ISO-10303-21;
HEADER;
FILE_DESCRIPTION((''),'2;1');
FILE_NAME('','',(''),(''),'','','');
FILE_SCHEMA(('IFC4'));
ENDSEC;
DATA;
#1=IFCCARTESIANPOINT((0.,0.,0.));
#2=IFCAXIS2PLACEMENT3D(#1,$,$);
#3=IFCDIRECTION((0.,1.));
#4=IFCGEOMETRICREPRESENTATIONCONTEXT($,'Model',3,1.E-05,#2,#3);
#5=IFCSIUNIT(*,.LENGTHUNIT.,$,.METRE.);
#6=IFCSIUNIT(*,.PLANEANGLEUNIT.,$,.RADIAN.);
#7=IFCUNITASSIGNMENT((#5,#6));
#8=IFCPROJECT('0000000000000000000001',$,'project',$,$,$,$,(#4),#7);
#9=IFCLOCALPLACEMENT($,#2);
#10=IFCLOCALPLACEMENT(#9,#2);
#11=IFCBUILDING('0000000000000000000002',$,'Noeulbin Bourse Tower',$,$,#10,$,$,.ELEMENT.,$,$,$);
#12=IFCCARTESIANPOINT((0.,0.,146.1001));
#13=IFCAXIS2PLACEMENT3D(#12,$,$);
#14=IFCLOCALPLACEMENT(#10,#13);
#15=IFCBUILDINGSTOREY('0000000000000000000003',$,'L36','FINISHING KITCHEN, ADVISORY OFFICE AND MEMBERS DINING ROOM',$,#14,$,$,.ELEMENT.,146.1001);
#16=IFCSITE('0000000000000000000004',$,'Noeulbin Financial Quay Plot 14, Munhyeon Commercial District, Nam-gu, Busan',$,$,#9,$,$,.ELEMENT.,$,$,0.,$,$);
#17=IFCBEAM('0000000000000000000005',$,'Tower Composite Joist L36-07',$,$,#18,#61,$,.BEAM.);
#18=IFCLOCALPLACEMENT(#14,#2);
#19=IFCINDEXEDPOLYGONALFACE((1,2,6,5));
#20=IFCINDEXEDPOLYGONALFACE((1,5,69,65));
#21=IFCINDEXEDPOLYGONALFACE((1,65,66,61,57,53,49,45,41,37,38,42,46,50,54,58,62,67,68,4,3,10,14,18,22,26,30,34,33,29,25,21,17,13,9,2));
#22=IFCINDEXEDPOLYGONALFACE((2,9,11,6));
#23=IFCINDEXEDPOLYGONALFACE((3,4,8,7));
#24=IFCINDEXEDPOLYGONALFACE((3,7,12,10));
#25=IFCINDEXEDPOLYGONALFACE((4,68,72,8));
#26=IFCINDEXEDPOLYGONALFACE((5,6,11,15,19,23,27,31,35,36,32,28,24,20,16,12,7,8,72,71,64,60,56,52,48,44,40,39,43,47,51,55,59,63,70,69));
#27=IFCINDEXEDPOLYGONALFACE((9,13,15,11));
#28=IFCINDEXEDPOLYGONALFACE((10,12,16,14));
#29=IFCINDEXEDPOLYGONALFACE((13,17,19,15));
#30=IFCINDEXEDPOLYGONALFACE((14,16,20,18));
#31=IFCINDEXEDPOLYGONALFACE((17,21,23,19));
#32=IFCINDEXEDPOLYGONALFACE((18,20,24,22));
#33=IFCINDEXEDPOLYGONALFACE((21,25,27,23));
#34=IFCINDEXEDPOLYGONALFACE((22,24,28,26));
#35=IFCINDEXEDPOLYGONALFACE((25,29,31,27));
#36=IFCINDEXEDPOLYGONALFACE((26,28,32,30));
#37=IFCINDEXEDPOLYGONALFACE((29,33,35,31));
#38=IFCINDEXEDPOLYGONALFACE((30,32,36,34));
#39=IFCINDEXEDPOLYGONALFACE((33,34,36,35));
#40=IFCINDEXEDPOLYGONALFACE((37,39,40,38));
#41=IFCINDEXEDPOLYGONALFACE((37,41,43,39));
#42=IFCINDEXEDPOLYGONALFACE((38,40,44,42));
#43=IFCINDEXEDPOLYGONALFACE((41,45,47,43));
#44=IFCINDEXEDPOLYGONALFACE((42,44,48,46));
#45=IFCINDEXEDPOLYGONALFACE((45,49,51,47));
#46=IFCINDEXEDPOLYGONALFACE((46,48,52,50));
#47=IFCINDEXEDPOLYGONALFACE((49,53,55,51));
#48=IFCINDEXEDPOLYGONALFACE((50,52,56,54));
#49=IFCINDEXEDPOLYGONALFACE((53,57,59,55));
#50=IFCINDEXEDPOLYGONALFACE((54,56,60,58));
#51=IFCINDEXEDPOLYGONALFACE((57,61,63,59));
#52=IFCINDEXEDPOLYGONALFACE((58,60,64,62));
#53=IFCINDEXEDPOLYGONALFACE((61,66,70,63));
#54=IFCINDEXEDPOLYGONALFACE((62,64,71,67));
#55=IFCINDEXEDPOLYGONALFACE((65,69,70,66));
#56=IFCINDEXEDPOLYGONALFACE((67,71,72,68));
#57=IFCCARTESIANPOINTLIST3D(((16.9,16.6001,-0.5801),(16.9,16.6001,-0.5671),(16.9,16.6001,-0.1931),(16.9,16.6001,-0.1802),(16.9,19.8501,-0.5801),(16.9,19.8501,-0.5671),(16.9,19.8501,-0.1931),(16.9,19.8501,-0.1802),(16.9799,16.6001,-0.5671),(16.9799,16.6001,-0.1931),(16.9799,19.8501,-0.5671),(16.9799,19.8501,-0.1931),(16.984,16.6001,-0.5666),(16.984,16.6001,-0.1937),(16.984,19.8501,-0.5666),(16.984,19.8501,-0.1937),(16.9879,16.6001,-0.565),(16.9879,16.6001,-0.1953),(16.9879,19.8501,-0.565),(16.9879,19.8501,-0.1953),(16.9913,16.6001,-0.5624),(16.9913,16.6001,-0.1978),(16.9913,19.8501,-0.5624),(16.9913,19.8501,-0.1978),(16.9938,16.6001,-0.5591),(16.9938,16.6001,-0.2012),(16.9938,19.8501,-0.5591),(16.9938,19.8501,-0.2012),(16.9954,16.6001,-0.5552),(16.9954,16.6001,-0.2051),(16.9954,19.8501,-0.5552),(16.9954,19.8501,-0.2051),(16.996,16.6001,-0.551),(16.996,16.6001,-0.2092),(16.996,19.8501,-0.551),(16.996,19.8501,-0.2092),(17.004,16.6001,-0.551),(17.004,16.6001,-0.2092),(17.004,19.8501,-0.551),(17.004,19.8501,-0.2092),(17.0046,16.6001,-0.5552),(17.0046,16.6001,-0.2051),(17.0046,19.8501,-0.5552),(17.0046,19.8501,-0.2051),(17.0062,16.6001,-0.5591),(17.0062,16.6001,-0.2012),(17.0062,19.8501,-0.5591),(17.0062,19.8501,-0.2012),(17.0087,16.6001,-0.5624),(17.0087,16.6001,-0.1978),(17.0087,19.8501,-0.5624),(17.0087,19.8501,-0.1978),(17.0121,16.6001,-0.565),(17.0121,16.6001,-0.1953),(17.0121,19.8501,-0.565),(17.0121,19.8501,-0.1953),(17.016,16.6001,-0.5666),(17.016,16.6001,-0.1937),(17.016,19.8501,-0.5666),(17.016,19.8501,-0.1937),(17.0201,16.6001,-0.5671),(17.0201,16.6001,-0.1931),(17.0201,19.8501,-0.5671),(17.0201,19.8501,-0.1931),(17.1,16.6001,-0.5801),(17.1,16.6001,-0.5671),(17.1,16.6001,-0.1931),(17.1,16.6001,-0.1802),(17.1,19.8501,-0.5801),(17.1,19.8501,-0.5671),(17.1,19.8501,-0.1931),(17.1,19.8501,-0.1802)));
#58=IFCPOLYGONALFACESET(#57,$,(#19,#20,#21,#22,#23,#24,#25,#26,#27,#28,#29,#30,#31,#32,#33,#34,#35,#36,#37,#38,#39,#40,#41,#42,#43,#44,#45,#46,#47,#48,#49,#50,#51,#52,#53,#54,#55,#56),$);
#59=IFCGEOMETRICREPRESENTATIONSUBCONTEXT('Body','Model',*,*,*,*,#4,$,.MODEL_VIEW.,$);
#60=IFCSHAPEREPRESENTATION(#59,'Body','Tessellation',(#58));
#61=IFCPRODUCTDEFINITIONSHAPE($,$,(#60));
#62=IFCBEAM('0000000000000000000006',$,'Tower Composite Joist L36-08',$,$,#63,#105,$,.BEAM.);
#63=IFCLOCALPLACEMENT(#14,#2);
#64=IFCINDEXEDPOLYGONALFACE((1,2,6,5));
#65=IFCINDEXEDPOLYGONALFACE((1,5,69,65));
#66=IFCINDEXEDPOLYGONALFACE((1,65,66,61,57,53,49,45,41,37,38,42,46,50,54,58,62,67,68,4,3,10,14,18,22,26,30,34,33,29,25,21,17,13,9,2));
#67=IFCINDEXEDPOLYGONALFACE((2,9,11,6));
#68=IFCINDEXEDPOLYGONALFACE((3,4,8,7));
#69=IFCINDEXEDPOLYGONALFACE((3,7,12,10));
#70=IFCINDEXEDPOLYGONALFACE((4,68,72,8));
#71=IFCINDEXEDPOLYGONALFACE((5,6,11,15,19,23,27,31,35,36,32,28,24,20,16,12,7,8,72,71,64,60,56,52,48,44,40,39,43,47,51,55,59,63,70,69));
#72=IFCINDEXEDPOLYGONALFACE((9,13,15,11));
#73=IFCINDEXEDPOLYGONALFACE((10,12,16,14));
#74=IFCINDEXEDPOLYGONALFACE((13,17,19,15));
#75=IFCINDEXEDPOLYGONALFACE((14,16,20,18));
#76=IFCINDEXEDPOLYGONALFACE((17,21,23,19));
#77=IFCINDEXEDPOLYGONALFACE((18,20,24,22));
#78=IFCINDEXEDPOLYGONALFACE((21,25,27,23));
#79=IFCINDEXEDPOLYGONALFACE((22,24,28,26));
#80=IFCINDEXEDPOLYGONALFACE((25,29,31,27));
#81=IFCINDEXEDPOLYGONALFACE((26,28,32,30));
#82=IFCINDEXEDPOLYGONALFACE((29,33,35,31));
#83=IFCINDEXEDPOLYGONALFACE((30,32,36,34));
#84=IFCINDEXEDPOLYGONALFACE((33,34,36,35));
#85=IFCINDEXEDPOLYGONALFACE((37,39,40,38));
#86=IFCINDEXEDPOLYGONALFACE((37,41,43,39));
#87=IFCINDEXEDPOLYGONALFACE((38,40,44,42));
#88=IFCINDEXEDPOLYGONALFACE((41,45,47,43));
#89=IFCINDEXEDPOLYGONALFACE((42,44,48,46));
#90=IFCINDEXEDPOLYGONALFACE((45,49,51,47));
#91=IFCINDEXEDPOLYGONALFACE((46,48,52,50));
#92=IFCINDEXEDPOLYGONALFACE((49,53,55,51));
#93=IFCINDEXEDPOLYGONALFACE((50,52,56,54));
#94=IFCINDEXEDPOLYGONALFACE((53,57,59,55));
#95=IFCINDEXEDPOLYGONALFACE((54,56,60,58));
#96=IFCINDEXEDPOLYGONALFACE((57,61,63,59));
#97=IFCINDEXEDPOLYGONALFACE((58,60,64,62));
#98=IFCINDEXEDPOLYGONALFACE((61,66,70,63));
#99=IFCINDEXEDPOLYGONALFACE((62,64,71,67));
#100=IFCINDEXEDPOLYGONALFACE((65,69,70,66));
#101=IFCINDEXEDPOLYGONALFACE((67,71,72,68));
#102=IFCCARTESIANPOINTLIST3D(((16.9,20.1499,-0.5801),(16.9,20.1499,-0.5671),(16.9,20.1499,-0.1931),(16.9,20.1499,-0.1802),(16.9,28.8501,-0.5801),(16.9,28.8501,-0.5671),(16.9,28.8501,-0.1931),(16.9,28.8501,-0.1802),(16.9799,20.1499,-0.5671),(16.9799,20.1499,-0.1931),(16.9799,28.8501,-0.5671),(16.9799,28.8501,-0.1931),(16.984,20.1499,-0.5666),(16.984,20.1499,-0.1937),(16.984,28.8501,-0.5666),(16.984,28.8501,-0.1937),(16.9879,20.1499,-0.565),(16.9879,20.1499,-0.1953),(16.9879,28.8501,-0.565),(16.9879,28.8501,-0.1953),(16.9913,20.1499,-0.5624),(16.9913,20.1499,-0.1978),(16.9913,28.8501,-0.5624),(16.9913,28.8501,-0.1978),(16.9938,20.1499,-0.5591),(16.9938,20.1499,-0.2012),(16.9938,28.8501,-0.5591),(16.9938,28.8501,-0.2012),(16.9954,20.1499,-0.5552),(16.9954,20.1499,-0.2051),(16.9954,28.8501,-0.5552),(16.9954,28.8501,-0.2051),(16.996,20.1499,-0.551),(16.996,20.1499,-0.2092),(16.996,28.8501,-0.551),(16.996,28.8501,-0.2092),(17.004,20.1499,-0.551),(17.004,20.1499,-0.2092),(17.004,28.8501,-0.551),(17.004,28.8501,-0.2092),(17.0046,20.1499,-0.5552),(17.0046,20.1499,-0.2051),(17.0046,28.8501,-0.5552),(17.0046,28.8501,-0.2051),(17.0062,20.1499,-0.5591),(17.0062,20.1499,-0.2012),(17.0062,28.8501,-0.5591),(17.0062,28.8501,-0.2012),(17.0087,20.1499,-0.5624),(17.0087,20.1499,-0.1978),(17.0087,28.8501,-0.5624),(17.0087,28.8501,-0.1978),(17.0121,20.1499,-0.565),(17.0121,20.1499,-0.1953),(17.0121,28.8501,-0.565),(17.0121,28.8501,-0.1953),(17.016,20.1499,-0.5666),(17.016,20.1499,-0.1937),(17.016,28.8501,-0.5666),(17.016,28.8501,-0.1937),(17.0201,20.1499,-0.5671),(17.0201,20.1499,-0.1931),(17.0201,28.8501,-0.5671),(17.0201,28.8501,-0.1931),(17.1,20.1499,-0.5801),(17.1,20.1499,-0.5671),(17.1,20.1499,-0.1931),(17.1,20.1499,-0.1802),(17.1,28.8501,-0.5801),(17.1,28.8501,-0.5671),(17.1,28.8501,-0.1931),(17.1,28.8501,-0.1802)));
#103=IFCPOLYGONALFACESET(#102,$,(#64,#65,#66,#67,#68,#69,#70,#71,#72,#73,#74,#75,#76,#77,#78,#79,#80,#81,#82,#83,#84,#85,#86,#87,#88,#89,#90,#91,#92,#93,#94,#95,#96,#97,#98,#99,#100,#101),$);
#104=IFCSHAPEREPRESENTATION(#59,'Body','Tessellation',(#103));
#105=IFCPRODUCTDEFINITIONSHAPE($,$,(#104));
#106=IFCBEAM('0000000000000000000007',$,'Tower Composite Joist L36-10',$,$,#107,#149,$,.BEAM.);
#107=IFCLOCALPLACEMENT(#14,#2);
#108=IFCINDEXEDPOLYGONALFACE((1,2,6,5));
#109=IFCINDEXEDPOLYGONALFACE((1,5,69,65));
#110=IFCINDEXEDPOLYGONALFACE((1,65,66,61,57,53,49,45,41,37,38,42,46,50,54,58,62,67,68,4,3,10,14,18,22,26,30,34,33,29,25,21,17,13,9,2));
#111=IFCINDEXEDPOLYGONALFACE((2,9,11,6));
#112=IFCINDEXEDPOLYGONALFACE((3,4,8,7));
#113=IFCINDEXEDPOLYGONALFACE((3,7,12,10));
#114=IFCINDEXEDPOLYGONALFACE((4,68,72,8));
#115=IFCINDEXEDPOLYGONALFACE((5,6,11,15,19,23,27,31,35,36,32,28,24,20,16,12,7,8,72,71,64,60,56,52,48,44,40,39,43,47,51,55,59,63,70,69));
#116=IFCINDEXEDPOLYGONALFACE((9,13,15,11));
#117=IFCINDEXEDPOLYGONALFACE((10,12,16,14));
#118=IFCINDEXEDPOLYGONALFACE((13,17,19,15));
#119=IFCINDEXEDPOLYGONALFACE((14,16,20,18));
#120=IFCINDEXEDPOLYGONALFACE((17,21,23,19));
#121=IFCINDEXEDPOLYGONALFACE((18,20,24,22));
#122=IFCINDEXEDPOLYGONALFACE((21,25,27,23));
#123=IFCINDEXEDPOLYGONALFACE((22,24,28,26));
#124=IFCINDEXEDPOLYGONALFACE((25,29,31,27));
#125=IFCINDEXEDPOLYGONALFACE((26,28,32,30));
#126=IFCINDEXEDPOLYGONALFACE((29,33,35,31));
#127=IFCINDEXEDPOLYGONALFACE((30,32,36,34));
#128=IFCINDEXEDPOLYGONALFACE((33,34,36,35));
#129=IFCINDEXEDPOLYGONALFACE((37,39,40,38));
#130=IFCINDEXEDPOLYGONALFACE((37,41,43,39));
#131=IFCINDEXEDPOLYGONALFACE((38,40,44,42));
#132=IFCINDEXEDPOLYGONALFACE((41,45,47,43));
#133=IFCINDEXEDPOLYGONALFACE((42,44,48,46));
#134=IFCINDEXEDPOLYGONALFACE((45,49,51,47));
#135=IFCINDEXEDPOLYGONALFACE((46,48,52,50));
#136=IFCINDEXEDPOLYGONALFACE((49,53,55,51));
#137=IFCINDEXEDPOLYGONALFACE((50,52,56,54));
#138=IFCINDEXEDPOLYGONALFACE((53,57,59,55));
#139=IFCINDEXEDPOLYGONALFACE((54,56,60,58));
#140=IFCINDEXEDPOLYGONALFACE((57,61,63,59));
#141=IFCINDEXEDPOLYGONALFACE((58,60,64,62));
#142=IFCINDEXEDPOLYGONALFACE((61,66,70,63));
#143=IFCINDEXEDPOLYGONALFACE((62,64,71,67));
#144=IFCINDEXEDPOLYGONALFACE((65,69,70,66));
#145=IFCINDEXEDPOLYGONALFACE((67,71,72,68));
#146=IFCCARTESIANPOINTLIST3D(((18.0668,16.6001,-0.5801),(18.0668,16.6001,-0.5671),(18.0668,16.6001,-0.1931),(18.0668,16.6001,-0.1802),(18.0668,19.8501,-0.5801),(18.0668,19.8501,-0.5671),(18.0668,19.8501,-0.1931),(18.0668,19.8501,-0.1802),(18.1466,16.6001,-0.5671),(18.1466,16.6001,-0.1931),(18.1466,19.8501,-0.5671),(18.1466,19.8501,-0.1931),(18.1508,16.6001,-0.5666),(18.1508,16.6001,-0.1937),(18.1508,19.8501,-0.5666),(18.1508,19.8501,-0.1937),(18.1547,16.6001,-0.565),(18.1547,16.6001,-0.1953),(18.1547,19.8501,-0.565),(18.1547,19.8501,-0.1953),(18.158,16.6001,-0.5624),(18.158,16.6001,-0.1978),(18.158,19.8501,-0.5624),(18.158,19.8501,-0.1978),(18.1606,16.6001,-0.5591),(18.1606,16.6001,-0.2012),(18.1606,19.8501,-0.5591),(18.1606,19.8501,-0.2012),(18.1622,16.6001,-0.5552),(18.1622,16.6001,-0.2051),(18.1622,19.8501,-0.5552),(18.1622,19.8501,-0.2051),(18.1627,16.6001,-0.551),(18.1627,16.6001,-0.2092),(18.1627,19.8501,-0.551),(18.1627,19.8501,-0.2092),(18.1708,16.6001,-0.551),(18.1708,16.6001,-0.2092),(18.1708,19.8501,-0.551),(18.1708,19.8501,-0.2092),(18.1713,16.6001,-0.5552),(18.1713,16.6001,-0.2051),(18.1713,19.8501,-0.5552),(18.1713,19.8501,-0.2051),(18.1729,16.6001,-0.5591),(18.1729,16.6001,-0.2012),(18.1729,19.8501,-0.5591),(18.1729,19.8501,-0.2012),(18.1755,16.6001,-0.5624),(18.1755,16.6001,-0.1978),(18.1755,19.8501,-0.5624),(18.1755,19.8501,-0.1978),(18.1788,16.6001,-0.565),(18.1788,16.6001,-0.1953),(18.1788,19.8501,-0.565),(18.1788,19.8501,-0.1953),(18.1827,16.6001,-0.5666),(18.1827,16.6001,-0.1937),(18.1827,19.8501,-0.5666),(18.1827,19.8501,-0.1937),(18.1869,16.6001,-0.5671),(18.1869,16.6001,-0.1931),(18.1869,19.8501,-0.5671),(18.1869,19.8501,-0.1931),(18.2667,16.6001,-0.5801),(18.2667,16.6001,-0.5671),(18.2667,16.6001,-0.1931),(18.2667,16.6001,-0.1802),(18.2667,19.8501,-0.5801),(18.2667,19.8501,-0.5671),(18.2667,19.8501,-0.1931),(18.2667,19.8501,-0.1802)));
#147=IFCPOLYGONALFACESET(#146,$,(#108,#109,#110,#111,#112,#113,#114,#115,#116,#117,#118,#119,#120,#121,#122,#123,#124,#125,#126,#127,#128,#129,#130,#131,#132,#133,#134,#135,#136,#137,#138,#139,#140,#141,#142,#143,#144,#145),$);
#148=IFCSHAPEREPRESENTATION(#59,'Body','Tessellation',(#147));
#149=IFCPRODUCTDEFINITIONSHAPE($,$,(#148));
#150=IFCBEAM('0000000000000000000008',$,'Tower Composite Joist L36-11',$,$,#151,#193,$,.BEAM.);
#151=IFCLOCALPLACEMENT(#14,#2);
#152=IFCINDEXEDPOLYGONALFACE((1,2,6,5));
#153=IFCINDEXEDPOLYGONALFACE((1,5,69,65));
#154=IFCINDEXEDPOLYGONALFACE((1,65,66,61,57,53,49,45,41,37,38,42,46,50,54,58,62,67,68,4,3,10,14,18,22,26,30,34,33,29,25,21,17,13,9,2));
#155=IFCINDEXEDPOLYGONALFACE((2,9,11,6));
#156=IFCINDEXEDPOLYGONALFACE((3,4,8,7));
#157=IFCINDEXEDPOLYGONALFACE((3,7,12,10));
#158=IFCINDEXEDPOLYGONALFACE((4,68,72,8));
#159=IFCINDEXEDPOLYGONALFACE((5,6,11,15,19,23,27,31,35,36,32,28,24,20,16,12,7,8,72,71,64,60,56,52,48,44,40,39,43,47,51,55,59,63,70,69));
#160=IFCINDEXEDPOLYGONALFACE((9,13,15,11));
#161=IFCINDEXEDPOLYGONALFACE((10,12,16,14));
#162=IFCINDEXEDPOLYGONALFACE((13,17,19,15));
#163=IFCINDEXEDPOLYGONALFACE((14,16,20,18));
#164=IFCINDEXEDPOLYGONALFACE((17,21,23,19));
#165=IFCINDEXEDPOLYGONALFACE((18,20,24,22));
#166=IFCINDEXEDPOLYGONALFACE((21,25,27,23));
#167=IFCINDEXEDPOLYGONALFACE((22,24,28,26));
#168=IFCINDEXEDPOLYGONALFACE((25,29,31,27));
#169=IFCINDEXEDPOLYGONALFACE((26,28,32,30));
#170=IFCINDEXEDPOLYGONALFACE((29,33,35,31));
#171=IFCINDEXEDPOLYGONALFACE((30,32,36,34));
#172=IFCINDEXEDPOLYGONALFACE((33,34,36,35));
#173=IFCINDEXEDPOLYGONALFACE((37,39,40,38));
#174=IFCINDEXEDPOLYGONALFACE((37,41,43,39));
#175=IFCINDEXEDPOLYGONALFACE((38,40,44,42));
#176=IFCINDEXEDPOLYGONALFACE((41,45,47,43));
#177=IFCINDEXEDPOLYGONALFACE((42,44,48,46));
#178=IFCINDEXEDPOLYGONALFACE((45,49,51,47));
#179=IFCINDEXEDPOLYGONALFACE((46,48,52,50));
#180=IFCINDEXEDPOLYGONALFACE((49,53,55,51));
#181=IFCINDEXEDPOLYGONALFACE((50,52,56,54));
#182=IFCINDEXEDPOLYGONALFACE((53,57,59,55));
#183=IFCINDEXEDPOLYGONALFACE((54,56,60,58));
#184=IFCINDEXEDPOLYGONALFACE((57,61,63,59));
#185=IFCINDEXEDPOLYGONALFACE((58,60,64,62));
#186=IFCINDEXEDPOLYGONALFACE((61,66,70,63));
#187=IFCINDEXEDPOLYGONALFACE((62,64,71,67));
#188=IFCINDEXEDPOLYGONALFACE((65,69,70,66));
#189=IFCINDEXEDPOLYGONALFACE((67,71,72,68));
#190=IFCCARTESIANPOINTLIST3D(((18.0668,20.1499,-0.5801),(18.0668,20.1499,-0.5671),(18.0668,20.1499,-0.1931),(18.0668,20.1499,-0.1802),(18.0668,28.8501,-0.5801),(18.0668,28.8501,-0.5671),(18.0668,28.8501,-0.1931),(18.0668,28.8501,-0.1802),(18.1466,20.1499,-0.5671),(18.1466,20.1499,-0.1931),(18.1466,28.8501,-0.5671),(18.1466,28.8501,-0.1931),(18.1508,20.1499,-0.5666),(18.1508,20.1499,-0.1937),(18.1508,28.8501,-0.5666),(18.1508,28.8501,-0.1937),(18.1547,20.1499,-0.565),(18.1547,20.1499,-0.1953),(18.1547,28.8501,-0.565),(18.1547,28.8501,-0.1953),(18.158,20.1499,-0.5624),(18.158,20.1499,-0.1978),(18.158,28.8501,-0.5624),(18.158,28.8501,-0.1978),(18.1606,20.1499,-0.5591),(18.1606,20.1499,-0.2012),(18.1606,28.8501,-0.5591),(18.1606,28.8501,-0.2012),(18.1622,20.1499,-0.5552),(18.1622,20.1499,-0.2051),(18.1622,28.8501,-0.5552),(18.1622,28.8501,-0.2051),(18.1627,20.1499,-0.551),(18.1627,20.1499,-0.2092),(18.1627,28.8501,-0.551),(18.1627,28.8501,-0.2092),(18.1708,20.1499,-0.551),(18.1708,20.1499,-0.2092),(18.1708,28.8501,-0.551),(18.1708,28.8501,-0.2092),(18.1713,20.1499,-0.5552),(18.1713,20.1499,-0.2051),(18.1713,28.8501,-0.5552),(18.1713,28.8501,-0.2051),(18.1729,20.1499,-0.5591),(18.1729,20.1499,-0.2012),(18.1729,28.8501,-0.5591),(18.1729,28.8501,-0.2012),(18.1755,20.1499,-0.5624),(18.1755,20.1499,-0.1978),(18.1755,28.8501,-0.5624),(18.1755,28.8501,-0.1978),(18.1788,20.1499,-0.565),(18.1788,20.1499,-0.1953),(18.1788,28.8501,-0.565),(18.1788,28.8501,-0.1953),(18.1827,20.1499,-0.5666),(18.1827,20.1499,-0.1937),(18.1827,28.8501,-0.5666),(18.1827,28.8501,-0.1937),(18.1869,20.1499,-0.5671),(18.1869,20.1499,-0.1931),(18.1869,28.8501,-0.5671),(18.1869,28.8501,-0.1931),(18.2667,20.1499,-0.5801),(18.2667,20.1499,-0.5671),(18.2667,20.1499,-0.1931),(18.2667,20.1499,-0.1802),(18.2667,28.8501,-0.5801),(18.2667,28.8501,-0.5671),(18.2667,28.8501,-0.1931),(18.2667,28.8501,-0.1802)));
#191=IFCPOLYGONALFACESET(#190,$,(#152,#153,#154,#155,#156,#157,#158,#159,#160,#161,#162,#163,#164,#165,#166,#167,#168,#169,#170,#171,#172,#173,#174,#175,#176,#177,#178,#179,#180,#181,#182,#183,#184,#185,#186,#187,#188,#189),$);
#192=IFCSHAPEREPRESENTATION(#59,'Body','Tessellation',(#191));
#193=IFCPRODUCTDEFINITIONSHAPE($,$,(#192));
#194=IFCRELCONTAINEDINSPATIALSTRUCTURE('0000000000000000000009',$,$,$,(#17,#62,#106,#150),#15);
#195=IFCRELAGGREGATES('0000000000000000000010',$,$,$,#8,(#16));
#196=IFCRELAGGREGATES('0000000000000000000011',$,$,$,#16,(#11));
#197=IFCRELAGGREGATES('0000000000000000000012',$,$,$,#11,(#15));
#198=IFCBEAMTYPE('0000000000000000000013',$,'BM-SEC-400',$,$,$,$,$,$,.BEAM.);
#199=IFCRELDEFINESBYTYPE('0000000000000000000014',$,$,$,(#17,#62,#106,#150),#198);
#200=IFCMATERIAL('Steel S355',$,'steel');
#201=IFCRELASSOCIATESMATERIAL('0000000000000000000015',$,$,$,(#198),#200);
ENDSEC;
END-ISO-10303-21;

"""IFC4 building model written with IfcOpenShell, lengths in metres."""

from ifc_helpers import new_model, si_unit, direction, frame, origin, origin_2d, place, context, subcontext, project, spatial, i_section, extrude, material, material_profile, profile_set, type_object, element, save


model = new_model("IFC4")

# Units and contexts
model_context = context("Model", 3, precision=1e-05, world=origin(), true_north=direction((0.0, 1.0)))
body_context = subcontext(model_context, "Body", "Model", "MODEL_VIEW")
ifc_project = project(units=[si_unit("LENGTHUNIT", "METRE"), si_unit("PLANEANGLEUNIT", "RADIAN")], contexts=[model_context])

# Site, building, storey
site_placement = place(None, origin())
site = spatial("IfcSite", under=ifc_project, at=site_placement, Name="Noeulbin Financial Quay Plot 14, Munhyeon Commercial District, Nam-gu, Busan", CompositionType="ELEMENT", RefElevation=0.0)
building_placement = place(site_placement, origin())
building = spatial("IfcBuilding", under=site, at=building_placement, Name="Noeulbin Bourse Tower", CompositionType="ELEMENT")
storey_placement = place(building_placement, frame((0.0, 0.0, 146.1001)))
storey = spatial("IfcBuildingStorey", under=building, at=storey_placement, Name="L36", Description="FINISHING KITCHEN, ADVISORY OFFICE AND MEMBERS DINING ROOM", CompositionType="ELEMENT", Elevation=146.1001)

# Shared definitions
ifc_material_1 = material(Name="Steel S355", Category="steel")

# Beams
ifc_material_profile_1 = material_profile(ifc_material_1, i_section(OverallWidth=0.2, OverallDepth=0.3999, WebThickness=0.0081, FlangeThickness=0.0129, FilletRadius=0.0161, at=origin_2d()), Name="H-400x200x8x13", Category="LoadBearing")
ifc_profile_set_1 = profile_set([ifc_material_profile_1], Name="Steel S355")
beam_type_1 = type_object("IfcBeamType", Name="BM-SEC-400", PredefinedType="BEAM", material=ifc_profile_set_1)
beam_1_placement = place(storey_placement, frame((17.0, 16.6001, -0.3801), z_axis=(0.0, 1.0, 0.0), x_axis=(-1.0, 0.0, 0.0)))
element("IfcBeam", 1, at=beam_1_placement, inside=storey, type_object=beam_type_1, Name="Tower Composite Joist L36-07", PredefinedType="BEAM", context=body_context, shape_type="SweptSolid", body=[
    extrude(i_section(OverallWidth=0.2, OverallDepth=0.3999, WebThickness=0.0081, FlangeThickness=0.0129, FilletRadius=0.0161, at=origin_2d()), origin(), (0.0, 0.0, 1.0), 3.25),
])
beam_2_placement = place(storey_placement, frame((17.0, 20.1499, -0.3801), z_axis=(0.0, 1.0, 0.0), x_axis=(-1.0, 0.0, 0.0)))
element("IfcBeam", 2, at=beam_2_placement, inside=storey, type_object=beam_type_1, Name="Tower Composite Joist L36-08", PredefinedType="BEAM", context=body_context, shape_type="SweptSolid", body=[
    extrude(i_section(OverallWidth=0.2, OverallDepth=0.3999, WebThickness=0.0081, FlangeThickness=0.0129, FilletRadius=0.0161, at=origin_2d()), origin(), (0.0, 0.0, 1.0), 8.7002),
])
beam_3_placement = place(storey_placement, frame((18.1667, 16.6001, -0.3801), z_axis=(0.0, 1.0, 0.0), x_axis=(-1.0, 0.0, 0.0)))
element("IfcBeam", 3, at=beam_3_placement, inside=storey, type_object=beam_type_1, Name="Tower Composite Joist L36-10", PredefinedType="BEAM", context=body_context, shape_type="SweptSolid", body=[
    extrude(i_section(OverallWidth=0.2, OverallDepth=0.3999, WebThickness=0.0081, FlangeThickness=0.0129, FilletRadius=0.0161, at=origin_2d()), origin(), (0.0, 0.0, 1.0), 3.25),
])
beam_4_placement = place(storey_placement, frame((18.1667, 20.1499, -0.3801), z_axis=(0.0, 1.0, 0.0), x_axis=(-1.0, 0.0, 0.0)))
element("IfcBeam", 4, at=beam_4_placement, inside=storey, type_object=beam_type_1, Name="Tower Composite Joist L36-11", PredefinedType="BEAM", context=body_context, shape_type="SweptSolid", body=[
    extrude(i_section(OverallWidth=0.2, OverallDepth=0.3999, WebThickness=0.0081, FlangeThickness=0.0129, FilletRadius=0.0161, at=origin_2d()), origin(), (0.0, 0.0, 1.0), 8.7002),
])

save(model, "model.ifc")
